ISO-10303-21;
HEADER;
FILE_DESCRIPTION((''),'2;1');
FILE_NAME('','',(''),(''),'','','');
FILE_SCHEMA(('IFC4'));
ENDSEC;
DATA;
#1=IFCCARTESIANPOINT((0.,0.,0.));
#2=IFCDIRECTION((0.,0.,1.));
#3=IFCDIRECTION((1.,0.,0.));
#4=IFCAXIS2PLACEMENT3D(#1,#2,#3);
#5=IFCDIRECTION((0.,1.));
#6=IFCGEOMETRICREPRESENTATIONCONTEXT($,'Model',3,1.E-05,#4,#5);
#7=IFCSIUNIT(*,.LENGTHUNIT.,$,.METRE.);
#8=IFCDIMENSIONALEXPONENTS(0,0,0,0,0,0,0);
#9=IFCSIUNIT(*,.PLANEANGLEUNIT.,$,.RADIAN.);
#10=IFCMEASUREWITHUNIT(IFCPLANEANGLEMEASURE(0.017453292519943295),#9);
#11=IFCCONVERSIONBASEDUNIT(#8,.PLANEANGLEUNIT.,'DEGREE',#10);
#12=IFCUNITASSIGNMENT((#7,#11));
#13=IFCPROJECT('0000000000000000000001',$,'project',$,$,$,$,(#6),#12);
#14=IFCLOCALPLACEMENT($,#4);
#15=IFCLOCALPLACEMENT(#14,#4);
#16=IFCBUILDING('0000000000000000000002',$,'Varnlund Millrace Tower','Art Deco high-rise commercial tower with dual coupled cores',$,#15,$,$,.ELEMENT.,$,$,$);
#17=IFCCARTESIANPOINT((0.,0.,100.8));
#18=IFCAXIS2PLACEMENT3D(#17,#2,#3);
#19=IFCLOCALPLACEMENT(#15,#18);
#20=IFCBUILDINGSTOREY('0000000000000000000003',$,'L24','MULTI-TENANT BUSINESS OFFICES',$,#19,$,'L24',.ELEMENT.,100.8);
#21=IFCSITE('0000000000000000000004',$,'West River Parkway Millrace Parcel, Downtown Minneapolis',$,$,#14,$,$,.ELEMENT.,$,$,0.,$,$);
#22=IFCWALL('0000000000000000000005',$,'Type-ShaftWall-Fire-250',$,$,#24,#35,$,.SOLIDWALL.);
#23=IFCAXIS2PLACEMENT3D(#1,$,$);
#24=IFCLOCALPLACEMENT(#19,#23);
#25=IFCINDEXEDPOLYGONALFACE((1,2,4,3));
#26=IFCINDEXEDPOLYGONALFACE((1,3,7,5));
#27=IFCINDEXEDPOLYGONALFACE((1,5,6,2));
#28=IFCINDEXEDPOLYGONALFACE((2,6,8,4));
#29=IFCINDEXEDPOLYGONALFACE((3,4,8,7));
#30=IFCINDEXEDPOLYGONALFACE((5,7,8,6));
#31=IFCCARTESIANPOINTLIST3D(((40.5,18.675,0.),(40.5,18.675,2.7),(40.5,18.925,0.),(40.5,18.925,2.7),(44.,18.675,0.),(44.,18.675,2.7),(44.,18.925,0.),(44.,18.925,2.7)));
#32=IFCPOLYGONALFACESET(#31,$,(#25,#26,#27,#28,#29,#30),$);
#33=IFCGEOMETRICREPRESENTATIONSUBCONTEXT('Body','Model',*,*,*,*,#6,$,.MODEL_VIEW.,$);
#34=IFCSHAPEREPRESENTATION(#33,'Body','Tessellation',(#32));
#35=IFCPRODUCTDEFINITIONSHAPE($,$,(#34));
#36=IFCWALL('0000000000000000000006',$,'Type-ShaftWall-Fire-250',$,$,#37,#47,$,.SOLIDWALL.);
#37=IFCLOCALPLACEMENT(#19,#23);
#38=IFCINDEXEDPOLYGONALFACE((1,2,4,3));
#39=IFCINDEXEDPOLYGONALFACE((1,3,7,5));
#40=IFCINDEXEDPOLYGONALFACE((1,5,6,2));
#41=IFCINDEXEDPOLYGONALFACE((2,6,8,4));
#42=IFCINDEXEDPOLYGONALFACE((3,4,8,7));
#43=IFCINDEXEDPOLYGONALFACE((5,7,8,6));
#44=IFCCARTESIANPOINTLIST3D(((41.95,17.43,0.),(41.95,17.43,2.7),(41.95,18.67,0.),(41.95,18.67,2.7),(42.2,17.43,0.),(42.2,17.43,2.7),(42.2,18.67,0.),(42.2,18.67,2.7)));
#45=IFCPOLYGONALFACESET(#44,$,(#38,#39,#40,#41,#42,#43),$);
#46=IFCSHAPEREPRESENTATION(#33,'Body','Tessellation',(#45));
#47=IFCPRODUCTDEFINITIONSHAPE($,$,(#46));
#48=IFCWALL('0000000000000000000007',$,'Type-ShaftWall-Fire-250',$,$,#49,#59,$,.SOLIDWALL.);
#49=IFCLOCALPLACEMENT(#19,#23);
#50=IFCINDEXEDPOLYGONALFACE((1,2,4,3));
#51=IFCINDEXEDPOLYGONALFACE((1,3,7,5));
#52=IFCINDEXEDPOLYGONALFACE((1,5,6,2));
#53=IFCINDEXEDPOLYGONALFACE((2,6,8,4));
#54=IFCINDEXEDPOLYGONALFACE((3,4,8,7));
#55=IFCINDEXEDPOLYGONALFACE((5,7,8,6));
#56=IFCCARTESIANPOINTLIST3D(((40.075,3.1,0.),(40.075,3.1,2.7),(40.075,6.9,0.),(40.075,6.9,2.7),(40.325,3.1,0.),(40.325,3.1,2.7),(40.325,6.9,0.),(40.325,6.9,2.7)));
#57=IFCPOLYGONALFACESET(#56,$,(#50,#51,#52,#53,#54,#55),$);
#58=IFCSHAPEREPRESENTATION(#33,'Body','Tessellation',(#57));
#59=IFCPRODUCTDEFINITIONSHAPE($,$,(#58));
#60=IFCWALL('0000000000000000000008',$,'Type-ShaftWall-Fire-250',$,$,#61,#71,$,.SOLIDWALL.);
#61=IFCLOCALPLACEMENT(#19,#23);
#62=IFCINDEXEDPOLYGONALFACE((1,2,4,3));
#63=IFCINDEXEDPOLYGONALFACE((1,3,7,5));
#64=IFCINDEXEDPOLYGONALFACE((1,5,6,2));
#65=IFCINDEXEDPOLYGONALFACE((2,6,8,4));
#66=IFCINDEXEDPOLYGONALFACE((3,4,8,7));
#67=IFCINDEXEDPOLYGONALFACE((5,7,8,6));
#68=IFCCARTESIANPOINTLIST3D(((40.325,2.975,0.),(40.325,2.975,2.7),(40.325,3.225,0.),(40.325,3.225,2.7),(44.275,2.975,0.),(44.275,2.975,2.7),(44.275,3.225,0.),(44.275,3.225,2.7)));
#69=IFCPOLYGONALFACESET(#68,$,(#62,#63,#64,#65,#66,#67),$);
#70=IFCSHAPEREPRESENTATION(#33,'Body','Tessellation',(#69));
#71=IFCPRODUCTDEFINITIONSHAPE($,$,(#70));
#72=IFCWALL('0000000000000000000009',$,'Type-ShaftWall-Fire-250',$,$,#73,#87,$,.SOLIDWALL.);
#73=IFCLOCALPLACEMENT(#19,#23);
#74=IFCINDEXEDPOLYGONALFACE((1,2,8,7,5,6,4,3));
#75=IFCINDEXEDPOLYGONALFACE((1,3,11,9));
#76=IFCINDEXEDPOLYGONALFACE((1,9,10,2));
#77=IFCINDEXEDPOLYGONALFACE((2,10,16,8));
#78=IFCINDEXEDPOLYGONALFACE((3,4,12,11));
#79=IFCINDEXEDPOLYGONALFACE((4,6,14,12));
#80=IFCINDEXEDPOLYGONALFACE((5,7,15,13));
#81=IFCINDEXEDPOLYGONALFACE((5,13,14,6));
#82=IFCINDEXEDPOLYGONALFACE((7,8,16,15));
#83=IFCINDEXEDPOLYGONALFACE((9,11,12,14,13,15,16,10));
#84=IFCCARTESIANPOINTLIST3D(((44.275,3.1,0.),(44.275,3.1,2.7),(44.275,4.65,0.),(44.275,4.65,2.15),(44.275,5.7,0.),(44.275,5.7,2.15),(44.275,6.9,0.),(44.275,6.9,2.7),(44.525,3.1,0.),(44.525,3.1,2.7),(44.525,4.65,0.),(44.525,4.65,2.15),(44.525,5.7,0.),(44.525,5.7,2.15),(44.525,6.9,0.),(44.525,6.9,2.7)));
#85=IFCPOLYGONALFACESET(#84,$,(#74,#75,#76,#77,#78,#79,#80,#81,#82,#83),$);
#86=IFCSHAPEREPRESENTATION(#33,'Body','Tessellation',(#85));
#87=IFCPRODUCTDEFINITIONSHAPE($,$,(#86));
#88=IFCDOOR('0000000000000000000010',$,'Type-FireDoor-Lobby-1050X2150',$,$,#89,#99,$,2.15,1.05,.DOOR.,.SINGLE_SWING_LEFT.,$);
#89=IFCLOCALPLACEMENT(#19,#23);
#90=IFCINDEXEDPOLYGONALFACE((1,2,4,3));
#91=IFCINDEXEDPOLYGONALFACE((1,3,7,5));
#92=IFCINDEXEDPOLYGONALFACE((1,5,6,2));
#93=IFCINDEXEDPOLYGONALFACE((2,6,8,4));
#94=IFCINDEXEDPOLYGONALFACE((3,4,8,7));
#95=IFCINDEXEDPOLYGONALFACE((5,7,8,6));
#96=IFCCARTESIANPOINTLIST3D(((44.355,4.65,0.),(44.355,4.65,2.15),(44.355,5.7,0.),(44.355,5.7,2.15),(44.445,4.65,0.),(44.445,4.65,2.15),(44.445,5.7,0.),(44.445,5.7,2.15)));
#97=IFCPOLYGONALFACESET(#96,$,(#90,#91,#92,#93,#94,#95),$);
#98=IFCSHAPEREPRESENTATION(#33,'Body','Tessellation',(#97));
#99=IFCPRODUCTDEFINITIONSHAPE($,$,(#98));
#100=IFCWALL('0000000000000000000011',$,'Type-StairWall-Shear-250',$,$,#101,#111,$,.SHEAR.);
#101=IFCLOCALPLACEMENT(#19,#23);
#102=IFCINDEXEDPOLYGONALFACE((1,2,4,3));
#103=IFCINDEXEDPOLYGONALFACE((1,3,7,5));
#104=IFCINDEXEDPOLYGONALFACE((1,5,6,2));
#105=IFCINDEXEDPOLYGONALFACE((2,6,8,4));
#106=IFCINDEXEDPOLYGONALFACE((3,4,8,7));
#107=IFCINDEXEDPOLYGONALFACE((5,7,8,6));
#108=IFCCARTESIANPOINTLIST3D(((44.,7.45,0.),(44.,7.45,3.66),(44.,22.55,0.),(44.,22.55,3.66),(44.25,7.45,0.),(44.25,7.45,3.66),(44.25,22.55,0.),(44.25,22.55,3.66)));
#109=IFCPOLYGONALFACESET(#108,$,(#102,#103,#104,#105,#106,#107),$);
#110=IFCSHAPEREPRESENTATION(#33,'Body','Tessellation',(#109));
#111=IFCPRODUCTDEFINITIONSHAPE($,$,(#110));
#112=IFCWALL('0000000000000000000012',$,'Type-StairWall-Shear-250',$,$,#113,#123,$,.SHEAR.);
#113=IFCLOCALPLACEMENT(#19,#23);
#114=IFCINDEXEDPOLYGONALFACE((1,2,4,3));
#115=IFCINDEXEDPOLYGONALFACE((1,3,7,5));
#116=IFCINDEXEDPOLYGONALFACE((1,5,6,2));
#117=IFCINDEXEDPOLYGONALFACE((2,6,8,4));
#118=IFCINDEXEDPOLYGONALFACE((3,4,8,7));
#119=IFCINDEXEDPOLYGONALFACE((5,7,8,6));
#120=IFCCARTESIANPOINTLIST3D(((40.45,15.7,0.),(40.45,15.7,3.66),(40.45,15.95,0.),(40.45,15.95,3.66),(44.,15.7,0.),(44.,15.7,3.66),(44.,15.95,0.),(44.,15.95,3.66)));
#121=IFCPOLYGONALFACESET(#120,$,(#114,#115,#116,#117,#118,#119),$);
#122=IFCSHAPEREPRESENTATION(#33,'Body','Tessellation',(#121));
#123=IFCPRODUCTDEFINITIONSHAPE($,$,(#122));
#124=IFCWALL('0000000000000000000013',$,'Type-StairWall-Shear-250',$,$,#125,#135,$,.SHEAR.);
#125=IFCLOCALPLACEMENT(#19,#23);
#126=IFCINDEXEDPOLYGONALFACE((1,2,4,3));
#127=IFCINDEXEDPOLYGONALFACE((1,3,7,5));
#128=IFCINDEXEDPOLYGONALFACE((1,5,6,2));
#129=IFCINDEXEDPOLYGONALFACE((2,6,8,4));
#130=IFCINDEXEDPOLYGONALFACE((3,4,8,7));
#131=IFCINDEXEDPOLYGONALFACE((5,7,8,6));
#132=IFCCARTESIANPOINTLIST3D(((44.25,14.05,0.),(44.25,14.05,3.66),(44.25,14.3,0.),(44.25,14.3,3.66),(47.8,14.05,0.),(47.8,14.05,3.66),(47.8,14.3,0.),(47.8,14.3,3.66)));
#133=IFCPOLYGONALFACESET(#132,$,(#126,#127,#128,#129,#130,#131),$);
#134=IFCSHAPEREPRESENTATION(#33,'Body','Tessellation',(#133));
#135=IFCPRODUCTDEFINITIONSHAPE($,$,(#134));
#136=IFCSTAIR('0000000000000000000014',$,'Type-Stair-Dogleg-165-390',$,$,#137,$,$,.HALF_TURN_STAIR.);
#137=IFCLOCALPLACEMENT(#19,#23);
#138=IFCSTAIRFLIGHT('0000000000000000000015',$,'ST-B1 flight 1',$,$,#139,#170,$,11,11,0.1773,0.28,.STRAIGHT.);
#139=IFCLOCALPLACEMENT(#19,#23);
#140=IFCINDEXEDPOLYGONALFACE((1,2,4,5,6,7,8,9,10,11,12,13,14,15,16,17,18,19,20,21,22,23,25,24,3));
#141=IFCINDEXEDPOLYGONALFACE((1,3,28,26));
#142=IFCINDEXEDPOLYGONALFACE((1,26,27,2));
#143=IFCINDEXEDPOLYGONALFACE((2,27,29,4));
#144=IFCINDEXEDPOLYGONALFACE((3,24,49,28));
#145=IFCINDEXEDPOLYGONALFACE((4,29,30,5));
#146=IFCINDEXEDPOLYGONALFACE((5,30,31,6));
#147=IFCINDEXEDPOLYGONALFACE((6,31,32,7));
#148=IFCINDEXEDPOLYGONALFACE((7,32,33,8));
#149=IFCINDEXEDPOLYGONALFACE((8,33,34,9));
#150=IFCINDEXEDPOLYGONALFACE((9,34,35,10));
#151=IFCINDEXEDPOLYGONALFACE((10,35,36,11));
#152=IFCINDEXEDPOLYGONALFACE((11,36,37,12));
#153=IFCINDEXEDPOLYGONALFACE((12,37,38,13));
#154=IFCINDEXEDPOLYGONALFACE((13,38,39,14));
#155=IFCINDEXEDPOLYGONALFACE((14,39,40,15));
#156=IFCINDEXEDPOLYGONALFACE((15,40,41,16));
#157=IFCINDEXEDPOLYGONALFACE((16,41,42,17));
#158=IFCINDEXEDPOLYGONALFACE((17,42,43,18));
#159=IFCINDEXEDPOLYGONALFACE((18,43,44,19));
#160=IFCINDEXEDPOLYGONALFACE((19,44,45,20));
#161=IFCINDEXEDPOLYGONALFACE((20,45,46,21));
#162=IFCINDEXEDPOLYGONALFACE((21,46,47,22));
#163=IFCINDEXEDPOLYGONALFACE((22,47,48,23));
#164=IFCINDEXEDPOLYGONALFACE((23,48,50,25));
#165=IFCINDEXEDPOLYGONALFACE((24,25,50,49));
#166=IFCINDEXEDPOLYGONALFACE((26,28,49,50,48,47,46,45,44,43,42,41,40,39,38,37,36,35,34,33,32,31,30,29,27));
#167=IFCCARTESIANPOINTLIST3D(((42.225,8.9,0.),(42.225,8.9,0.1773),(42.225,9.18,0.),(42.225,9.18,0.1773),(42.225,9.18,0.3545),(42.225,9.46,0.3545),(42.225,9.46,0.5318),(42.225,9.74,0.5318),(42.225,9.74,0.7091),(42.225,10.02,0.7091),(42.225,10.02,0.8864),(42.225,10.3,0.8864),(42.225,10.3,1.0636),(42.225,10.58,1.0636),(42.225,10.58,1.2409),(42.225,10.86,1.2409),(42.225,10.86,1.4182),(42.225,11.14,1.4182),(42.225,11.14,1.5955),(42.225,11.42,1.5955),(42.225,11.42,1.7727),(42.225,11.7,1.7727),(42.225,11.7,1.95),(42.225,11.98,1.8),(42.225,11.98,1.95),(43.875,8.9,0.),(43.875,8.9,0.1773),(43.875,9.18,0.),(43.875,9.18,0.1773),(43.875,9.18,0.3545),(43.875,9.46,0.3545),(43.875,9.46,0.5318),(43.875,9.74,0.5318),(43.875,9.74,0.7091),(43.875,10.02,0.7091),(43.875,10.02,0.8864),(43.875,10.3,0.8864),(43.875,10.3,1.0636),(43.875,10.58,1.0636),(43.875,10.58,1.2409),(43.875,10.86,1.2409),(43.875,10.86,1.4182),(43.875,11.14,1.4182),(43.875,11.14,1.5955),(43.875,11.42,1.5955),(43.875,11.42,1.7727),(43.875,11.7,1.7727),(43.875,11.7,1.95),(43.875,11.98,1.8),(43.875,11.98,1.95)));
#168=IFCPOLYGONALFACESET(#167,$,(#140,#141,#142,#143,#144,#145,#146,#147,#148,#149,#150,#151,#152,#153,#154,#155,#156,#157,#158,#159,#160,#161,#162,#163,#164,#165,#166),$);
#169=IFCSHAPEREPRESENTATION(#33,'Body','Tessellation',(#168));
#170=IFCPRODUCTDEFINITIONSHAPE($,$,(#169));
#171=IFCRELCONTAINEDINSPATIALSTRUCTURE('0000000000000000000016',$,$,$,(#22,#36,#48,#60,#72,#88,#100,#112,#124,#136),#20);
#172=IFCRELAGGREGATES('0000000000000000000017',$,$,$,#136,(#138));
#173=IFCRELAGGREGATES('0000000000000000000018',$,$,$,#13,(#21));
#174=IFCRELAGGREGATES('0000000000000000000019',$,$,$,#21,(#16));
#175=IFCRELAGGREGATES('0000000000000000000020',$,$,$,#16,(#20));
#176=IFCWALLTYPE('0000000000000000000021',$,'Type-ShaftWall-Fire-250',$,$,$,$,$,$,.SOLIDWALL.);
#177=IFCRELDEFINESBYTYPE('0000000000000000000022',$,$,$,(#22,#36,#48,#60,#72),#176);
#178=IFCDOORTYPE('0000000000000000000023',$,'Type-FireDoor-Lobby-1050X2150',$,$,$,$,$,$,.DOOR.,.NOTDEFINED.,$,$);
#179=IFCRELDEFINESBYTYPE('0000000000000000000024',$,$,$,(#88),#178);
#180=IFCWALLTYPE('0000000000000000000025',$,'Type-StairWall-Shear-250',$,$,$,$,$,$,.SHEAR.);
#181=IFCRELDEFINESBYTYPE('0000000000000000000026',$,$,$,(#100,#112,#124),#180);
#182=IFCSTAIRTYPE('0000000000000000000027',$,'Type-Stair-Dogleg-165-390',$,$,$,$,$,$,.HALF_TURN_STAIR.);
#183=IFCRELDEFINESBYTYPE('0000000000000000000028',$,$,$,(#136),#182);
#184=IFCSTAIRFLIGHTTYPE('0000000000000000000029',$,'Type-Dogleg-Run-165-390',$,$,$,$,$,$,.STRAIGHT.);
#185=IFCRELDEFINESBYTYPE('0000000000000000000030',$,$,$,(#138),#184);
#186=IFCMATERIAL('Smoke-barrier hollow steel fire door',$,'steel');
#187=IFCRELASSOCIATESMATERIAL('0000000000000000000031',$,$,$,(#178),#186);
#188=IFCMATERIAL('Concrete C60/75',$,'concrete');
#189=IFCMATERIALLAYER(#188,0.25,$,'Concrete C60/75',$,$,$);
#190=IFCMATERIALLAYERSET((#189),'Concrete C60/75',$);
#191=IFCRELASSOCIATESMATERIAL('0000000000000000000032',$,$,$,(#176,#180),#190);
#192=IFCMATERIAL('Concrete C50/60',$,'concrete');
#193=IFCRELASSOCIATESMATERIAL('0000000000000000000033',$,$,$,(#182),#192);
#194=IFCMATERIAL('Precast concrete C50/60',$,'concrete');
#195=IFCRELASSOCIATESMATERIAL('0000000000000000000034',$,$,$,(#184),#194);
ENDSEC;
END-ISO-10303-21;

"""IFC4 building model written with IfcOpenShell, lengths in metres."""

from ifc_helpers import new_model, entity, si_unit, converted_unit, direction, frame, origin_with_axes, origin_2d_with_axis, place, context, subcontext, project, spatial, polyline, rectangle, outline, extrude, material, layer, layer_set, type_object, element, fill, aggregate, save


model = new_model("IFC4")

# Units and contexts
model_context = context("Model", 3, precision=1e-05, world=origin_with_axes(), true_north=direction((0.0, 1.0)))
body_context = subcontext(model_context, "Body", "Model", "MODEL_VIEW")
ifc_project = project(units=[si_unit("LENGTHUNIT", "METRE"), converted_unit("PLANEANGLEUNIT", "DEGREE", entity("IfcPlaneAngleMeasure", 0.017453292519943295), si_unit("PLANEANGLEUNIT", "RADIAN"), dimensions=[0, 0, 0, 0, 0, 0, 0])], contexts=[model_context])

# Site, building, storey
site_placement = place(None, origin_with_axes())
site = spatial("IfcSite", under=ifc_project, at=site_placement, Name="West River Parkway Millrace Parcel, Downtown Minneapolis", CompositionType="ELEMENT", RefElevation=0.0)
building_placement = place(site_placement, origin_with_axes())
building = spatial("IfcBuilding", under=site, at=building_placement, Name="Varnlund Millrace Tower", Description="Art Deco high-rise commercial tower with dual coupled cores", CompositionType="ELEMENT")
storey_placement = place(building_placement, frame((0.0, 0.0, 100.8), z_axis=(0.0, 0.0, 1.0), x_axis=(1.0, 0.0, 0.0)))
storey = spatial("IfcBuildingStorey", under=building, at=storey_placement, Name="L24", Description="MULTI-TENANT BUSINESS OFFICES", LongName="L24", CompositionType="ELEMENT", Elevation=100.8)

# Shared definitions
ifc_material_1 = material(Name="Smoke-barrier hollow steel fire door", Category="steel")
door_type_1 = type_object("IfcDoorType", Name="Type-FireDoor-Lobby-1050X2150", OperationType="NOTDEFINED", PredefinedType="DOOR", material=ifc_material_1)

# Walls
ifc_material_2 = material(Name="Concrete C60/75", Category="concrete")
ifc_layer_1 = layer(ifc_material_2, 0.25, Name="Concrete C60/75")
ifc_layer_set_1 = layer_set([ifc_layer_1], Name="Concrete C60/75")
wall_type_1 = type_object("IfcWallType", Name="Type-ShaftWall-Fire-250", PredefinedType="SOLIDWALL", material=ifc_layer_set_1)
for number, where, z_axis, x_axis, name in (
    (1, (40.5, 18.8, 0.0), (0.0, 0.0, 1.0), (1.0, 0.0, 0.0), "Type-ShaftWall-Fire-250"),
):
    element("IfcWall", number, at=place(storey_placement, frame(where, z_axis=z_axis, x_axis=x_axis)), inside=storey, type_object=wall_type_1, Name=name, PredefinedType="SOLIDWALL", context=body_context, shape_type="SweptSolid", body=[
        extrude(outline(polyline([(0.0, -0.125), (3.5, -0.125), (3.5, 0.125), (0.0, 0.125), (0.0, -0.125)])), origin_with_axes(), (0.0, 0.0, 1.0), 2.7),
    ])
wall_1_placement = place(storey_placement, frame((42.075, 17.43, 0.0), z_axis=(0.0, 0.0, 1.0), x_axis=(0.0, 1.0, 0.0)))
element("IfcWall", 2, at=wall_1_placement, inside=storey, type_object=wall_type_1, Name="Type-ShaftWall-Fire-250", PredefinedType="SOLIDWALL", context=body_context, shape_type="SweptSolid", body=[
    extrude(outline(polyline([(0.0, -0.125), (1.24, -0.125), (1.24, 0.125), (0.0, 0.125), (0.0, -0.125)])), origin_with_axes(), (0.0, 0.0, 1.0), 2.7),
])
wall_2_placement = place(storey_placement, frame((40.2, 3.1, 0.0), z_axis=(0.0, 0.0, 1.0), x_axis=(0.0, 1.0, 0.0)))
element("IfcWall", 3, at=wall_2_placement, inside=storey, type_object=wall_type_1, Name="Type-ShaftWall-Fire-250", PredefinedType="SOLIDWALL", context=body_context, shape_type="SweptSolid", body=[
    extrude(outline(polyline([(0.0, -0.125), (3.8, -0.125), (3.8, 0.125), (0.0, 0.125), (0.0, -0.125)])), origin_with_axes(), (0.0, 0.0, 1.0), 2.7),
])
wall_3_placement = place(storey_placement, frame((40.325, 3.1, 0.0), z_axis=(0.0, 0.0, 1.0), x_axis=(1.0, 0.0, 0.0)))
element("IfcWall", 4, at=wall_3_placement, inside=storey, type_object=wall_type_1, Name="Type-ShaftWall-Fire-250", PredefinedType="SOLIDWALL", context=body_context, shape_type="SweptSolid", body=[
    extrude(outline(polyline([(0.0, -0.125), (3.95, -0.125), (3.95, 0.125), (0.0, 0.125), (0.0, -0.125)])), origin_with_axes(), (0.0, 0.0, 1.0), 2.7),
])

# Wall, opening, door
wall_4_placement = place(storey_placement, frame((44.4, 3.1, 0.0), z_axis=(0.0, 0.0, 1.0), x_axis=(0.0, 1.0, 0.0)))
wall_4 = element("IfcWall", 5, at=wall_4_placement, inside=storey, type_object=wall_type_1, Name="Type-ShaftWall-Fire-250", PredefinedType="SOLIDWALL", context=body_context, shape_type="SweptSolid", body=[
    extrude(outline(polyline([(0.0, -0.125), (3.8, -0.125), (3.8, 0.125), (0.0, 0.125), (0.0, -0.125)])), origin_with_axes(), (0.0, 0.0, 1.0), 2.7),
])
opening_1_placement = place(wall_4_placement, frame((2.075, 0.0, 0.0), z_axis=(0.0, 0.0, 1.0), x_axis=(1.0, 0.0, 0.0)))
opening_1 = element("IfcOpeningElement", 6, at=opening_1_placement, cuts=wall_4, PredefinedType="OPENING", context=body_context, shape_type="SweptSolid", body=[
    extrude(rectangle(XDim=1.05, YDim=0.27, at=origin_2d_with_axis()), origin_with_axes(), (0.0, 0.0, 1.0), 2.15),
])
door_1_placement = place(wall_4_placement, frame((2.075, 0.0, 0.0), z_axis=(0.0, 0.0, 1.0), x_axis=(1.0, 0.0, 0.0)))
door_1 = element("IfcDoor", 7, at=door_1_placement, inside=storey, type_object=door_type_1, Name="Type-FireDoor-Lobby-1050X2150", OperationType="SINGLE_SWING_LEFT", OverallHeight=2.15, OverallWidth=1.05, PredefinedType="DOOR", context=body_context, shape_type="SweptSolid", body=[
    extrude(rectangle(XDim=1.05, YDim=0.09, at=origin_2d_with_axis()), origin_with_axes(), (0.0, 0.0, 1.0), 2.15),
])
fill(opening_1, door_1)

# Walls
wall_type_2 = type_object("IfcWallType", Name="Type-StairWall-Shear-250", PredefinedType="SHEAR", material=ifc_layer_set_1)
wall_5_placement = place(storey_placement, frame((44.125, 7.45, 0.0), z_axis=(0.0, 0.0, 1.0), x_axis=(0.0, 1.0, 0.0)))
element("IfcWall", 8, at=wall_5_placement, inside=storey, type_object=wall_type_2, Name="Type-StairWall-Shear-250", PredefinedType="SHEAR", context=body_context, shape_type="SweptSolid", body=[
    extrude(outline(polyline([(0.0, -0.125), (15.1, -0.125), (15.1, 0.125), (0.0, 0.125), (0.0, -0.125)])), origin_with_axes(), (0.0, 0.0, 1.0), 3.66),
])
for number, where, z_axis, x_axis, name in (
    (9, (40.45, 15.825, 0.0), (0.0, 0.0, 1.0), (1.0, 0.0, 0.0), "Type-StairWall-Shear-250"),
    (10, (44.25, 14.175, 0.0), (0.0, 0.0, 1.0), (1.0, 0.0, 0.0), "Type-StairWall-Shear-250"),
):
    element("IfcWall", number, at=place(storey_placement, frame(where, z_axis=z_axis, x_axis=x_axis)), inside=storey, type_object=wall_type_2, Name=name, PredefinedType="SHEAR", context=body_context, shape_type="SweptSolid", body=[
        extrude(outline(polyline([(0.0, -0.125), (3.55, -0.125), (3.55, 0.125), (0.0, 0.125), (0.0, -0.125)])), origin_with_axes(), (0.0, 0.0, 1.0), 3.66),
    ])

# Stair, stair flight
ifc_material_3 = material(Name="Concrete C50/60", Category="concrete")
stair_type = type_object("IfcStairType", Name="Type-Stair-Dogleg-165-390", PredefinedType="HALF_TURN_STAIR", material=ifc_material_3)
stair_1_placement = place(storey_placement, origin_with_axes())
stair_1 = element("IfcStair", 11, at=stair_1_placement, inside=storey, type_object=stair_type, Name="Type-Stair-Dogleg-165-390", PredefinedType="HALF_TURN_STAIR")
ifc_material_4 = material(Name="Precast concrete C50/60", Category="concrete")
stair_flight_type = type_object("IfcStairFlightType", Name="Type-Dogleg-Run-165-390", PredefinedType="STRAIGHT", material=ifc_material_4)
stair_flight_1_placement = place(storey_placement, frame((42.225, 8.9, 0.0), z_axis=(1.0, 0.0, 0.0), x_axis=(0.0, 1.0, 0.0)))
stair_flight_1 = element("IfcStairFlight", 12, at=stair_flight_1_placement, type_object=stair_flight_type, Name="ST-B1 flight 1", NumberOfRisers=11, NumberOfTreads=11, PredefinedType="STRAIGHT", RiserHeight=0.1773, TreadLength=0.28, context=body_context, shape_type="SweptSolid", body=[
    extrude(outline(polyline([(0.0, 0.0), (0.0, 0.1773), (0.28, 0.1773), (0.28, 0.3545), (0.56, 0.3545), (0.56, 0.5318), (0.84, 0.5318), (0.84, 0.7091), (1.12, 0.7091), (1.12, 0.8864), (1.4, 0.8864), (1.4, 1.0636), (1.68, 1.0636), (1.68, 1.2409), (1.96, 1.2409), (1.96, 1.4182), (2.24, 1.4182), (2.24, 1.5955), (2.52, 1.5955), (2.52, 1.7727), (2.8, 1.7727), (2.8, 1.95), (3.08, 1.95), (3.08, 1.8), (0.28, 0.0), (0.0, 0.0)])), origin_with_axes(), (0.0, 0.0, 1.0), 1.65),
])
aggregate(stair_1, [stair_flight_1])

save(model, "model.ifc")
